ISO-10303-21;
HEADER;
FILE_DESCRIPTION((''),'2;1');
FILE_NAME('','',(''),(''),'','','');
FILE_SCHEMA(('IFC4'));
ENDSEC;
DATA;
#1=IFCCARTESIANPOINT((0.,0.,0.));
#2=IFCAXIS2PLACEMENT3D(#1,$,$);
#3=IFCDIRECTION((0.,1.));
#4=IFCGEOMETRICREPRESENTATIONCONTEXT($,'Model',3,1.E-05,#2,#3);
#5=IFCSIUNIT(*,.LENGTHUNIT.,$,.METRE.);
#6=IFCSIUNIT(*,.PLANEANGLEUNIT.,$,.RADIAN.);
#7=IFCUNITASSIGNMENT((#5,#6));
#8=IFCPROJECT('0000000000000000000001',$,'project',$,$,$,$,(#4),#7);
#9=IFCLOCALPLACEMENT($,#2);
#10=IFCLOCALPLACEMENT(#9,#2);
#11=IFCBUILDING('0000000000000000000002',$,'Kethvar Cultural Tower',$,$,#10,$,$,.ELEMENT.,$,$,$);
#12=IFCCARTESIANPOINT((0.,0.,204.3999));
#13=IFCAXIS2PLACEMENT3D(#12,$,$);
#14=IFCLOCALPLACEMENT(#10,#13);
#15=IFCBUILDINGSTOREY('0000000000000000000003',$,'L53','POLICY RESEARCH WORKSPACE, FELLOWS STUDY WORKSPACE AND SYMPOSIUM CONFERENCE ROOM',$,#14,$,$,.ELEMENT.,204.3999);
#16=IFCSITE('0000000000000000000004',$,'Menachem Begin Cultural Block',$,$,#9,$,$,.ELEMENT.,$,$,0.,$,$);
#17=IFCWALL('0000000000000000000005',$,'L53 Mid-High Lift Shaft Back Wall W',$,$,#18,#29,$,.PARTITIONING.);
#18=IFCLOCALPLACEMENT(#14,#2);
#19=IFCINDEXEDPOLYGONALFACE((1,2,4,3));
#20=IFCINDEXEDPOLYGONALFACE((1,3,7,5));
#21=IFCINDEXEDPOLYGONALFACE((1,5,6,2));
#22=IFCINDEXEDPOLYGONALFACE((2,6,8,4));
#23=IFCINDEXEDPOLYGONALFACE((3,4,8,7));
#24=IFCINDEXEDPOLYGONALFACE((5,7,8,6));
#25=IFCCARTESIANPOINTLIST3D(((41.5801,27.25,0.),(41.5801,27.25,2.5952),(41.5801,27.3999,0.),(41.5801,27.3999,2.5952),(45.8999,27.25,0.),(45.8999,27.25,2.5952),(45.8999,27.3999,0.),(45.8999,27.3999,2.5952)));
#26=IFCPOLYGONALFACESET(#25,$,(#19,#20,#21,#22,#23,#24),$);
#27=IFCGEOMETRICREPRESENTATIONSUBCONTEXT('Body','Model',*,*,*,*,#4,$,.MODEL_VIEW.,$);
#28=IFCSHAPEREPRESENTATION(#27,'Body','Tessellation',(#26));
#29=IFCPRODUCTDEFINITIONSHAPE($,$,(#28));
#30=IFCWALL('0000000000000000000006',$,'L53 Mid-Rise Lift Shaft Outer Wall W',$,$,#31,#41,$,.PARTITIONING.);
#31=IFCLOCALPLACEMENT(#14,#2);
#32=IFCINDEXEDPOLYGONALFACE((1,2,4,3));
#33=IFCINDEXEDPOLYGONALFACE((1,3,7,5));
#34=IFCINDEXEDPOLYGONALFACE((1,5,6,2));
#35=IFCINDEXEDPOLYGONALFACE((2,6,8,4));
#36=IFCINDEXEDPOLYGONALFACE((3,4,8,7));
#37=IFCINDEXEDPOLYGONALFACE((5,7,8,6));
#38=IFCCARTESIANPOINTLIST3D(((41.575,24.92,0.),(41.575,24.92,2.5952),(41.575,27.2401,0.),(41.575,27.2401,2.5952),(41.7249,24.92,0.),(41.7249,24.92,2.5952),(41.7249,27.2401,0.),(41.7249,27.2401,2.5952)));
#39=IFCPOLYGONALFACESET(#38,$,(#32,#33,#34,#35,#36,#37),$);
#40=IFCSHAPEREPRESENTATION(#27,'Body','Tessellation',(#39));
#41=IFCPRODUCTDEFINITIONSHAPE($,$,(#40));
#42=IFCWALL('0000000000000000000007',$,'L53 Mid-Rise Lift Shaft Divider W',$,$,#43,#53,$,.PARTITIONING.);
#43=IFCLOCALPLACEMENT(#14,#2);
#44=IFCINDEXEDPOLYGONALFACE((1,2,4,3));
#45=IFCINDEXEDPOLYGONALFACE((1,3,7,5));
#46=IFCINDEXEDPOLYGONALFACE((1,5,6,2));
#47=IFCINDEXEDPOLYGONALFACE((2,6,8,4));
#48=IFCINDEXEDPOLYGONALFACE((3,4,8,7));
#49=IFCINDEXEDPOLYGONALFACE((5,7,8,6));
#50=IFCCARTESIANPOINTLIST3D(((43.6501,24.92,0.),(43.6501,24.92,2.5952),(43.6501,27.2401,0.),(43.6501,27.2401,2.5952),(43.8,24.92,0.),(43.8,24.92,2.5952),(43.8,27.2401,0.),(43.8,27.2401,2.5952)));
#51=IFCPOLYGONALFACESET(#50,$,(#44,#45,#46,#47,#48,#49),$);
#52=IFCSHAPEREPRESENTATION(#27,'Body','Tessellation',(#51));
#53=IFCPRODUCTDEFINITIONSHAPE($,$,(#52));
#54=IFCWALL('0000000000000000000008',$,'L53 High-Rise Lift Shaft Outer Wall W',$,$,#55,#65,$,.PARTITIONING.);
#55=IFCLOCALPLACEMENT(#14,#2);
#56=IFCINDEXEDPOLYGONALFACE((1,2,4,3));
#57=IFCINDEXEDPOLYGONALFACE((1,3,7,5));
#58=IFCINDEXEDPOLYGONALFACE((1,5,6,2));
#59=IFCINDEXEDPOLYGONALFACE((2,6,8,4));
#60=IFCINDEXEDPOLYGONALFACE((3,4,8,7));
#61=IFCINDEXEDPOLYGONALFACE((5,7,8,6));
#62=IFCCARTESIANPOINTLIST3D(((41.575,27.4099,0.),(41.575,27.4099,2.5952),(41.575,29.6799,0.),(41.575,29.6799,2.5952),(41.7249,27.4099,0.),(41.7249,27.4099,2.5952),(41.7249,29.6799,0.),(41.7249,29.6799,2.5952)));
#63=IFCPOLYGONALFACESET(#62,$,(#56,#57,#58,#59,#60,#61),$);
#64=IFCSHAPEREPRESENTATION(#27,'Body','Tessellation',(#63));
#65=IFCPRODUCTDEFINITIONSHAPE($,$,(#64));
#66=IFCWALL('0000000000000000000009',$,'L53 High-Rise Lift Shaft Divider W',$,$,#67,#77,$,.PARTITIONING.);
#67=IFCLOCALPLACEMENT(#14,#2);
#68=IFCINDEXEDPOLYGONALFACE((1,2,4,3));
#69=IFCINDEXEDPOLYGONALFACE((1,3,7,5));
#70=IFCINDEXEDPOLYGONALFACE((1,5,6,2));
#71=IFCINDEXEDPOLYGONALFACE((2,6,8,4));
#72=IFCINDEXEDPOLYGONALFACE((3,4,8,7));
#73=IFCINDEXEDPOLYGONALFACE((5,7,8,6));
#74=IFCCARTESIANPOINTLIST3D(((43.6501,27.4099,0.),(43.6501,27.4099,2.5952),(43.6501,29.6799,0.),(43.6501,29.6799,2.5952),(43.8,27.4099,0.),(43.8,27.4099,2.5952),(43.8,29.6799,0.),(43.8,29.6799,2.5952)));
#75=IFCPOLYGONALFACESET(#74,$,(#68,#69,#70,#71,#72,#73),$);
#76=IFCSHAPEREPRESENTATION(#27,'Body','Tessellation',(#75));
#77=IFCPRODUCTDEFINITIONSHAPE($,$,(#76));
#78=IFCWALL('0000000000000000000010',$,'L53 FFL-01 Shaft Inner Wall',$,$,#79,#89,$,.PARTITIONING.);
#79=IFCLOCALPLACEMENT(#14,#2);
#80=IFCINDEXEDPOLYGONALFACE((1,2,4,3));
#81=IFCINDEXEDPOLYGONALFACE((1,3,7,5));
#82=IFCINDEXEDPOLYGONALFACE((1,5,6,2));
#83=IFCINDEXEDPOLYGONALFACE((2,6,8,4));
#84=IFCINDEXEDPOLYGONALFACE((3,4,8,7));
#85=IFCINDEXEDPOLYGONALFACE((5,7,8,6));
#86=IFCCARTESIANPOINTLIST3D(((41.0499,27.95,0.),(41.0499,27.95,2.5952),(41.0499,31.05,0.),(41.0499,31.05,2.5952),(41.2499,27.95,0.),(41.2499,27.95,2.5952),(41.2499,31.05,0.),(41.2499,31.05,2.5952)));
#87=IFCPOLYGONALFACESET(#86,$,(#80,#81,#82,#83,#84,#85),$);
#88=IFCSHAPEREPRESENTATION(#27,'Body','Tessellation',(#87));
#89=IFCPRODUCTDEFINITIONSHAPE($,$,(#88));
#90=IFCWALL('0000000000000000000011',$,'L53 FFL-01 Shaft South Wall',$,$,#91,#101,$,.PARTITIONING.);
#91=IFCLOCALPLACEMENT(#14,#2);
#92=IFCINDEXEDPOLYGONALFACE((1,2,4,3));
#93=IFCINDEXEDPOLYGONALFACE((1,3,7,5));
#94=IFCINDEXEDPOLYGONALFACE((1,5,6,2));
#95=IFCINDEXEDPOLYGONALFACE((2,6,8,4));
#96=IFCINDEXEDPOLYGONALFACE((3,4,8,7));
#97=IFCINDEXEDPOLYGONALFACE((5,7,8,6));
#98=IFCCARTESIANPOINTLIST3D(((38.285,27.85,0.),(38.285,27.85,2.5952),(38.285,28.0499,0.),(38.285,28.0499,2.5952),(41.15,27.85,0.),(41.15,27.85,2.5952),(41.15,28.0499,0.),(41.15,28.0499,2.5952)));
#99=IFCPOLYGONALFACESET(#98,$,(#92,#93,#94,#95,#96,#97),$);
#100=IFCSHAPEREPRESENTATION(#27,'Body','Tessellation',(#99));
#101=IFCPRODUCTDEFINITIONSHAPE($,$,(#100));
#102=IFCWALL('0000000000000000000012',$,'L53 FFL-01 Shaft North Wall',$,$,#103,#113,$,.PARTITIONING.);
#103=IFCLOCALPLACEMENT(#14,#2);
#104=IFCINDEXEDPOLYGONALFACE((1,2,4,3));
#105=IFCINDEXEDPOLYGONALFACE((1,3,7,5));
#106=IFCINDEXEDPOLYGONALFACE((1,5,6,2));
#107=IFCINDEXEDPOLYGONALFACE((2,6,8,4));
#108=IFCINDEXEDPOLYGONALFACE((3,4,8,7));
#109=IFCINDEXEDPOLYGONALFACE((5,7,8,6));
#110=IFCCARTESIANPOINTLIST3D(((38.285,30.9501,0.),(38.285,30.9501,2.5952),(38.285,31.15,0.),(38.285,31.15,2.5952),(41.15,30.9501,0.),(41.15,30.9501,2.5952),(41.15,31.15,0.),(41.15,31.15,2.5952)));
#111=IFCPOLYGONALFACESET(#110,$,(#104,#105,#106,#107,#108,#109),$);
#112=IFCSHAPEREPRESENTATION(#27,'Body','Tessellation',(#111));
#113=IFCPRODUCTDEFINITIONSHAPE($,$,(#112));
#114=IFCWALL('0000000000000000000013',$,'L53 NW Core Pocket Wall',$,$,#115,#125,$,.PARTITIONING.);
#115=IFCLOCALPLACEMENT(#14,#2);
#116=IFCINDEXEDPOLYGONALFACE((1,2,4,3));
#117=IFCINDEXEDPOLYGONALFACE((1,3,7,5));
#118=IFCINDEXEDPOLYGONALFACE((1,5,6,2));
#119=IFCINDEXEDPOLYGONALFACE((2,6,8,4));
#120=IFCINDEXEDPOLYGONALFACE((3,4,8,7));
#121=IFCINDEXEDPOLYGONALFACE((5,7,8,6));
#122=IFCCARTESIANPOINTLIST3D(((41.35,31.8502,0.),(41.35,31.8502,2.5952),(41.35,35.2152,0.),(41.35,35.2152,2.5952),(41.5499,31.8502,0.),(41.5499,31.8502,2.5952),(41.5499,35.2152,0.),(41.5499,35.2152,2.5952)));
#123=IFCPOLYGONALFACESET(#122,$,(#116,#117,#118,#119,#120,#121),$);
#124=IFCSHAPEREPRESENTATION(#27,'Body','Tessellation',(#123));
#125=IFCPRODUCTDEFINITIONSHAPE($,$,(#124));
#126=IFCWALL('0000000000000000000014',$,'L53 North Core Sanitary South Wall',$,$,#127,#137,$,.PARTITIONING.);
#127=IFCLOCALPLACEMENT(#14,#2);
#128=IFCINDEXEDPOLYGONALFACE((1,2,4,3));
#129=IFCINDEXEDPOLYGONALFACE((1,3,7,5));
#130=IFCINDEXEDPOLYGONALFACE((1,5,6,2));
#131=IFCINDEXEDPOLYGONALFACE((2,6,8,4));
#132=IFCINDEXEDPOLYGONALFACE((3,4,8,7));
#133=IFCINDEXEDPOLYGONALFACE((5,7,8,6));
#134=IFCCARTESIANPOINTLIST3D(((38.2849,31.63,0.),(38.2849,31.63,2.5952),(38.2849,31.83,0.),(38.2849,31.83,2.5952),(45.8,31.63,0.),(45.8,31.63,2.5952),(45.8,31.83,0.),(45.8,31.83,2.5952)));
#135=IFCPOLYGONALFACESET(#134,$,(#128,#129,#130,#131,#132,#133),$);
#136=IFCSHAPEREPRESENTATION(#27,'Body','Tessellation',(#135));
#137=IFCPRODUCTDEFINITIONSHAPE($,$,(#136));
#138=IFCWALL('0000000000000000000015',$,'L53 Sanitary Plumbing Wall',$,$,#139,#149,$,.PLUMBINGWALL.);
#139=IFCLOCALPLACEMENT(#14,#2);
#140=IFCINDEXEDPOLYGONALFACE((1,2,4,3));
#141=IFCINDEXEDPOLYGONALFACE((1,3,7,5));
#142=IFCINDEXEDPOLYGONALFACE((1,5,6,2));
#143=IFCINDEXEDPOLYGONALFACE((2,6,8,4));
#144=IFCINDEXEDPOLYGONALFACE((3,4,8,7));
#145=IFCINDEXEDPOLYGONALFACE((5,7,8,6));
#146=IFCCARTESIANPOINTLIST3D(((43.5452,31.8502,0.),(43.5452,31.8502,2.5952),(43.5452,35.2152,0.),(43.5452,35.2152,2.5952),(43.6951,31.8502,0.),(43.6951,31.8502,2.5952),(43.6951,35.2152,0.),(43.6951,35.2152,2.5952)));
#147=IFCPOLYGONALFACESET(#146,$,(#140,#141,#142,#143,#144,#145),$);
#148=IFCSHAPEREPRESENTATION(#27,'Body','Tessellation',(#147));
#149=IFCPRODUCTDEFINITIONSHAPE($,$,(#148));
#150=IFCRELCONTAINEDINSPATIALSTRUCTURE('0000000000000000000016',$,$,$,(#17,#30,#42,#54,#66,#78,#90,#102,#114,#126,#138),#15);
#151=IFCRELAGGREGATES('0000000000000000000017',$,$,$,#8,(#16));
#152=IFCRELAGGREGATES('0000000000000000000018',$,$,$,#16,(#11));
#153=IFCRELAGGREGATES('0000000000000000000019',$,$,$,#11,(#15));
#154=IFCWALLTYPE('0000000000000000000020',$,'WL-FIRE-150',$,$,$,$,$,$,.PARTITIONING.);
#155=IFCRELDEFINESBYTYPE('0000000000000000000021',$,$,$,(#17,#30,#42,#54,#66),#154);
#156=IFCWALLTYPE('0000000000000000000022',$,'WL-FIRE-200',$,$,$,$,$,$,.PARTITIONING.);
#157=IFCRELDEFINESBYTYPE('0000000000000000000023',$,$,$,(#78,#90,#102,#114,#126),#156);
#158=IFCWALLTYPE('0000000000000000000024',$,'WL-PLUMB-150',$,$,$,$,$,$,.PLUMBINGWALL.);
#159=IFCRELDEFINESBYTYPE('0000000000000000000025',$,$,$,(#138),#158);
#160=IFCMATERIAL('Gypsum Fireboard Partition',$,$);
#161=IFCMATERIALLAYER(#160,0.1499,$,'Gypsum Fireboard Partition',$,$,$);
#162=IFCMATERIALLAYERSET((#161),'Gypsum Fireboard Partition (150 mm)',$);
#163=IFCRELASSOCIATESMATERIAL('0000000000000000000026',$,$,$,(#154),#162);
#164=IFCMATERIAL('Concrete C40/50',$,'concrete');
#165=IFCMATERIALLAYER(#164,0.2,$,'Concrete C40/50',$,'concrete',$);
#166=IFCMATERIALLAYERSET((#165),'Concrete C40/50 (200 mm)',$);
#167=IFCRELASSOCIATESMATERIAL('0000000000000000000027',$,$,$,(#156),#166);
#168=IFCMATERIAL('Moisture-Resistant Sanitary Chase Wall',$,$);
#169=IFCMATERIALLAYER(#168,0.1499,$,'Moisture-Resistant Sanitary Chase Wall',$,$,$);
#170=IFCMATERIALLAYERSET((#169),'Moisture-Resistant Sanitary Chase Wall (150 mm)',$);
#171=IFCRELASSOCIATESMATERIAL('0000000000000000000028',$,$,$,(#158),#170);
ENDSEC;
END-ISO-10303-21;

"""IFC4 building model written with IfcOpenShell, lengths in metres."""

from ifc_helpers import new_model, si_unit, direction, frame, frame_2d, origin, place, context, subcontext, project, spatial, rectangle, extrude, material, layer, layer_set, type_object, element, save


model = new_model("IFC4")

# Units and contexts
model_context = context("Model", 3, precision=1e-05, world=origin(), true_north=direction((0.0, 1.0)))
body_context = subcontext(model_context, "Body", "Model", "MODEL_VIEW")
ifc_project = project(units=[si_unit("LENGTHUNIT", "METRE"), si_unit("PLANEANGLEUNIT", "RADIAN")], contexts=[model_context])

# Site, building, storey
site_placement = place(None, origin())
site = spatial("IfcSite", under=ifc_project, at=site_placement, Name="Menachem Begin Cultural Block", CompositionType="ELEMENT", RefElevation=0.0)
building_placement = place(site_placement, origin())
building = spatial("IfcBuilding", under=site, at=building_placement, Name="Kethvar Cultural Tower", CompositionType="ELEMENT")
storey_placement = place(building_placement, frame((0.0, 0.0, 204.3999)))
storey = spatial("IfcBuildingStorey", under=building, at=storey_placement, Name="L53", Description="POLICY RESEARCH WORKSPACE, FELLOWS STUDY WORKSPACE AND SYMPOSIUM CONFERENCE ROOM", CompositionType="ELEMENT", Elevation=204.3999)

# Walls
ifc_material_1 = material(Name="Gypsum Fireboard Partition")
ifc_layer_1 = layer(ifc_material_1, 0.1499, Name="Gypsum Fireboard Partition")
ifc_layer_set_1 = layer_set([ifc_layer_1], Name="Gypsum Fireboard Partition (150 mm)")
wall_type_1 = type_object("IfcWallType", Name="WL-FIRE-150", PredefinedType="PARTITIONING", material=ifc_layer_set_1)
wall_1_placement = place(storey_placement, frame((41.5801, 27.325, 0.0), z_axis=(0.0, 0.0, 1.0), x_axis=(1.0, 0.0, 0.0)))
element("IfcWall", 1, at=wall_1_placement, inside=storey, type_object=wall_type_1, Name="L53 Mid-High Lift Shaft Back Wall W", PredefinedType="PARTITIONING", context=body_context, shape_type="SweptSolid", body=[
    extrude(rectangle(XDim=4.3198, YDim=0.1499, at=frame_2d((2.1599, 0.0))), origin(), (0.0, 0.0, 1.0), 2.5952),
])
for number, where, z_axis, x_axis, name in (
    (2, (41.6499, 24.9199, 0.0), (0.0, 0.0, 1.0), (0.0, 1.0, 0.0), "L53 Mid-Rise Lift Shaft Outer Wall W"),
    (3, (43.7251, 24.9199, 0.0), (0.0, 0.0, 1.0), (0.0, 1.0, 0.0), "L53 Mid-Rise Lift Shaft Divider W"),
):
    element("IfcWall", number, at=place(storey_placement, frame(where, z_axis=z_axis, x_axis=x_axis)), inside=storey, type_object=wall_type_1, Name=name, PredefinedType="PARTITIONING", context=body_context, shape_type="SweptSolid", body=[
        extrude(rectangle(XDim=2.3201, YDim=0.1499, at=frame_2d((1.1602, 0.0))), origin(), (0.0, 0.0, 1.0), 2.5952),
    ])
for number, where, z_axis, x_axis, name in (
    (4, (41.6499, 27.4099, 0.0), (0.0, 0.0, 1.0), (0.0, 1.0, 0.0), "L53 High-Rise Lift Shaft Outer Wall W"),
    (5, (43.7251, 27.4099, 0.0), (0.0, 0.0, 1.0), (0.0, 1.0, 0.0), "L53 High-Rise Lift Shaft Divider W"),
):
    element("IfcWall", number, at=place(storey_placement, frame(where, z_axis=z_axis, x_axis=x_axis)), inside=storey, type_object=wall_type_1, Name=name, PredefinedType="PARTITIONING", context=body_context, shape_type="SweptSolid", body=[
        extrude(rectangle(XDim=2.27, YDim=0.1499, at=frame_2d((1.135, 0.0))), origin(), (0.0, 0.0, 1.0), 2.5952),
    ])
ifc_material_2 = material(Name="Concrete C40/50", Category="concrete")
ifc_layer_2 = layer(ifc_material_2, 0.2, Name="Concrete C40/50", Category="concrete")
ifc_layer_set_2 = layer_set([ifc_layer_2], Name="Concrete C40/50 (200 mm)")
wall_type_2 = type_object("IfcWallType", Name="WL-FIRE-200", PredefinedType="PARTITIONING", material=ifc_layer_set_2)
wall_2_placement = place(storey_placement, frame((41.1499, 27.95, 0.0), z_axis=(0.0, 0.0, 1.0), x_axis=(0.0, 1.0, 0.0)))
element("IfcWall", 6, at=wall_2_placement, inside=storey, type_object=wall_type_2, Name="L53 FFL-01 Shaft Inner Wall", PredefinedType="PARTITIONING", context=body_context, shape_type="SweptSolid", body=[
    extrude(rectangle(XDim=3.1001, YDim=0.2, at=frame_2d((1.55, 0.0))), origin(), (0.0, 0.0, 1.0), 2.5952),
])
for number, where, z_axis, x_axis, name in (
    (7, (38.2849, 27.95, 0.0), (0.0, 0.0, 1.0), (1.0, 0.0, 0.0), "L53 FFL-01 Shaft South Wall"),
    (8, (38.2849, 31.05, 0.0), (0.0, 0.0, 1.0), (1.0, 0.0, 0.0), "L53 FFL-01 Shaft North Wall"),
):
    element("IfcWall", number, at=place(storey_placement, frame(where, z_axis=z_axis, x_axis=x_axis)), inside=storey, type_object=wall_type_2, Name=name, PredefinedType="PARTITIONING", context=body_context, shape_type="SweptSolid", body=[
        extrude(rectangle(XDim=2.865, YDim=0.2, at=frame_2d((1.4326, 0.0))), origin(), (0.0, 0.0, 1.0), 2.5952),
    ])
wall_3_placement = place(storey_placement, frame((41.45, 31.8501, 0.0), z_axis=(0.0, 0.0, 1.0), x_axis=(0.0, 1.0, 0.0)))
element("IfcWall", 9, at=wall_3_placement, inside=storey, type_object=wall_type_2, Name="L53 NW Core Pocket Wall", PredefinedType="PARTITIONING", context=body_context, shape_type="SweptSolid", body=[
    extrude(rectangle(XDim=3.365, YDim=0.2, at=frame_2d((1.6826, 0.0))), origin(), (0.0, 0.0, 1.0), 2.5952),
])
wall_4_placement = place(storey_placement, frame((38.2849, 31.73, 0.0), z_axis=(0.0, 0.0, 1.0), x_axis=(1.0, 0.0, 0.0)))
element("IfcWall", 10, at=wall_4_placement, inside=storey, type_object=wall_type_2, Name="L53 North Core Sanitary South Wall", PredefinedType="PARTITIONING", context=body_context, shape_type="SweptSolid", body=[
    extrude(rectangle(XDim=7.5151, YDim=0.2, at=frame_2d((3.7576, 0.0))), origin(), (0.0, 0.0, 1.0), 2.5952),
])
ifc_material_3 = material(Name="Moisture-Resistant Sanitary Chase Wall")
ifc_layer_3 = layer(ifc_material_3, 0.1499, Name="Moisture-Resistant Sanitary Chase Wall")
ifc_layer_set_3 = layer_set([ifc_layer_3], Name="Moisture-Resistant Sanitary Chase Wall (150 mm)")
wall_type_3 = type_object("IfcWallType", Name="WL-PLUMB-150", PredefinedType="PLUMBINGWALL", material=ifc_layer_set_3)
wall_5_placement = place(storey_placement, frame((43.6201, 31.8501, 0.0), z_axis=(0.0, 0.0, 1.0), x_axis=(0.0, 1.0, 0.0)))
element("IfcWall", 11, at=wall_5_placement, inside=storey, type_object=wall_type_3, Name="L53 Sanitary Plumbing Wall", PredefinedType="PLUMBINGWALL", context=body_context, shape_type="SweptSolid", body=[
    extrude(rectangle(XDim=3.365, YDim=0.1499, at=frame_2d((1.6826, 0.0))), origin(), (0.0, 0.0, 1.0), 2.5952),
])

save(model, "model.ifc")
